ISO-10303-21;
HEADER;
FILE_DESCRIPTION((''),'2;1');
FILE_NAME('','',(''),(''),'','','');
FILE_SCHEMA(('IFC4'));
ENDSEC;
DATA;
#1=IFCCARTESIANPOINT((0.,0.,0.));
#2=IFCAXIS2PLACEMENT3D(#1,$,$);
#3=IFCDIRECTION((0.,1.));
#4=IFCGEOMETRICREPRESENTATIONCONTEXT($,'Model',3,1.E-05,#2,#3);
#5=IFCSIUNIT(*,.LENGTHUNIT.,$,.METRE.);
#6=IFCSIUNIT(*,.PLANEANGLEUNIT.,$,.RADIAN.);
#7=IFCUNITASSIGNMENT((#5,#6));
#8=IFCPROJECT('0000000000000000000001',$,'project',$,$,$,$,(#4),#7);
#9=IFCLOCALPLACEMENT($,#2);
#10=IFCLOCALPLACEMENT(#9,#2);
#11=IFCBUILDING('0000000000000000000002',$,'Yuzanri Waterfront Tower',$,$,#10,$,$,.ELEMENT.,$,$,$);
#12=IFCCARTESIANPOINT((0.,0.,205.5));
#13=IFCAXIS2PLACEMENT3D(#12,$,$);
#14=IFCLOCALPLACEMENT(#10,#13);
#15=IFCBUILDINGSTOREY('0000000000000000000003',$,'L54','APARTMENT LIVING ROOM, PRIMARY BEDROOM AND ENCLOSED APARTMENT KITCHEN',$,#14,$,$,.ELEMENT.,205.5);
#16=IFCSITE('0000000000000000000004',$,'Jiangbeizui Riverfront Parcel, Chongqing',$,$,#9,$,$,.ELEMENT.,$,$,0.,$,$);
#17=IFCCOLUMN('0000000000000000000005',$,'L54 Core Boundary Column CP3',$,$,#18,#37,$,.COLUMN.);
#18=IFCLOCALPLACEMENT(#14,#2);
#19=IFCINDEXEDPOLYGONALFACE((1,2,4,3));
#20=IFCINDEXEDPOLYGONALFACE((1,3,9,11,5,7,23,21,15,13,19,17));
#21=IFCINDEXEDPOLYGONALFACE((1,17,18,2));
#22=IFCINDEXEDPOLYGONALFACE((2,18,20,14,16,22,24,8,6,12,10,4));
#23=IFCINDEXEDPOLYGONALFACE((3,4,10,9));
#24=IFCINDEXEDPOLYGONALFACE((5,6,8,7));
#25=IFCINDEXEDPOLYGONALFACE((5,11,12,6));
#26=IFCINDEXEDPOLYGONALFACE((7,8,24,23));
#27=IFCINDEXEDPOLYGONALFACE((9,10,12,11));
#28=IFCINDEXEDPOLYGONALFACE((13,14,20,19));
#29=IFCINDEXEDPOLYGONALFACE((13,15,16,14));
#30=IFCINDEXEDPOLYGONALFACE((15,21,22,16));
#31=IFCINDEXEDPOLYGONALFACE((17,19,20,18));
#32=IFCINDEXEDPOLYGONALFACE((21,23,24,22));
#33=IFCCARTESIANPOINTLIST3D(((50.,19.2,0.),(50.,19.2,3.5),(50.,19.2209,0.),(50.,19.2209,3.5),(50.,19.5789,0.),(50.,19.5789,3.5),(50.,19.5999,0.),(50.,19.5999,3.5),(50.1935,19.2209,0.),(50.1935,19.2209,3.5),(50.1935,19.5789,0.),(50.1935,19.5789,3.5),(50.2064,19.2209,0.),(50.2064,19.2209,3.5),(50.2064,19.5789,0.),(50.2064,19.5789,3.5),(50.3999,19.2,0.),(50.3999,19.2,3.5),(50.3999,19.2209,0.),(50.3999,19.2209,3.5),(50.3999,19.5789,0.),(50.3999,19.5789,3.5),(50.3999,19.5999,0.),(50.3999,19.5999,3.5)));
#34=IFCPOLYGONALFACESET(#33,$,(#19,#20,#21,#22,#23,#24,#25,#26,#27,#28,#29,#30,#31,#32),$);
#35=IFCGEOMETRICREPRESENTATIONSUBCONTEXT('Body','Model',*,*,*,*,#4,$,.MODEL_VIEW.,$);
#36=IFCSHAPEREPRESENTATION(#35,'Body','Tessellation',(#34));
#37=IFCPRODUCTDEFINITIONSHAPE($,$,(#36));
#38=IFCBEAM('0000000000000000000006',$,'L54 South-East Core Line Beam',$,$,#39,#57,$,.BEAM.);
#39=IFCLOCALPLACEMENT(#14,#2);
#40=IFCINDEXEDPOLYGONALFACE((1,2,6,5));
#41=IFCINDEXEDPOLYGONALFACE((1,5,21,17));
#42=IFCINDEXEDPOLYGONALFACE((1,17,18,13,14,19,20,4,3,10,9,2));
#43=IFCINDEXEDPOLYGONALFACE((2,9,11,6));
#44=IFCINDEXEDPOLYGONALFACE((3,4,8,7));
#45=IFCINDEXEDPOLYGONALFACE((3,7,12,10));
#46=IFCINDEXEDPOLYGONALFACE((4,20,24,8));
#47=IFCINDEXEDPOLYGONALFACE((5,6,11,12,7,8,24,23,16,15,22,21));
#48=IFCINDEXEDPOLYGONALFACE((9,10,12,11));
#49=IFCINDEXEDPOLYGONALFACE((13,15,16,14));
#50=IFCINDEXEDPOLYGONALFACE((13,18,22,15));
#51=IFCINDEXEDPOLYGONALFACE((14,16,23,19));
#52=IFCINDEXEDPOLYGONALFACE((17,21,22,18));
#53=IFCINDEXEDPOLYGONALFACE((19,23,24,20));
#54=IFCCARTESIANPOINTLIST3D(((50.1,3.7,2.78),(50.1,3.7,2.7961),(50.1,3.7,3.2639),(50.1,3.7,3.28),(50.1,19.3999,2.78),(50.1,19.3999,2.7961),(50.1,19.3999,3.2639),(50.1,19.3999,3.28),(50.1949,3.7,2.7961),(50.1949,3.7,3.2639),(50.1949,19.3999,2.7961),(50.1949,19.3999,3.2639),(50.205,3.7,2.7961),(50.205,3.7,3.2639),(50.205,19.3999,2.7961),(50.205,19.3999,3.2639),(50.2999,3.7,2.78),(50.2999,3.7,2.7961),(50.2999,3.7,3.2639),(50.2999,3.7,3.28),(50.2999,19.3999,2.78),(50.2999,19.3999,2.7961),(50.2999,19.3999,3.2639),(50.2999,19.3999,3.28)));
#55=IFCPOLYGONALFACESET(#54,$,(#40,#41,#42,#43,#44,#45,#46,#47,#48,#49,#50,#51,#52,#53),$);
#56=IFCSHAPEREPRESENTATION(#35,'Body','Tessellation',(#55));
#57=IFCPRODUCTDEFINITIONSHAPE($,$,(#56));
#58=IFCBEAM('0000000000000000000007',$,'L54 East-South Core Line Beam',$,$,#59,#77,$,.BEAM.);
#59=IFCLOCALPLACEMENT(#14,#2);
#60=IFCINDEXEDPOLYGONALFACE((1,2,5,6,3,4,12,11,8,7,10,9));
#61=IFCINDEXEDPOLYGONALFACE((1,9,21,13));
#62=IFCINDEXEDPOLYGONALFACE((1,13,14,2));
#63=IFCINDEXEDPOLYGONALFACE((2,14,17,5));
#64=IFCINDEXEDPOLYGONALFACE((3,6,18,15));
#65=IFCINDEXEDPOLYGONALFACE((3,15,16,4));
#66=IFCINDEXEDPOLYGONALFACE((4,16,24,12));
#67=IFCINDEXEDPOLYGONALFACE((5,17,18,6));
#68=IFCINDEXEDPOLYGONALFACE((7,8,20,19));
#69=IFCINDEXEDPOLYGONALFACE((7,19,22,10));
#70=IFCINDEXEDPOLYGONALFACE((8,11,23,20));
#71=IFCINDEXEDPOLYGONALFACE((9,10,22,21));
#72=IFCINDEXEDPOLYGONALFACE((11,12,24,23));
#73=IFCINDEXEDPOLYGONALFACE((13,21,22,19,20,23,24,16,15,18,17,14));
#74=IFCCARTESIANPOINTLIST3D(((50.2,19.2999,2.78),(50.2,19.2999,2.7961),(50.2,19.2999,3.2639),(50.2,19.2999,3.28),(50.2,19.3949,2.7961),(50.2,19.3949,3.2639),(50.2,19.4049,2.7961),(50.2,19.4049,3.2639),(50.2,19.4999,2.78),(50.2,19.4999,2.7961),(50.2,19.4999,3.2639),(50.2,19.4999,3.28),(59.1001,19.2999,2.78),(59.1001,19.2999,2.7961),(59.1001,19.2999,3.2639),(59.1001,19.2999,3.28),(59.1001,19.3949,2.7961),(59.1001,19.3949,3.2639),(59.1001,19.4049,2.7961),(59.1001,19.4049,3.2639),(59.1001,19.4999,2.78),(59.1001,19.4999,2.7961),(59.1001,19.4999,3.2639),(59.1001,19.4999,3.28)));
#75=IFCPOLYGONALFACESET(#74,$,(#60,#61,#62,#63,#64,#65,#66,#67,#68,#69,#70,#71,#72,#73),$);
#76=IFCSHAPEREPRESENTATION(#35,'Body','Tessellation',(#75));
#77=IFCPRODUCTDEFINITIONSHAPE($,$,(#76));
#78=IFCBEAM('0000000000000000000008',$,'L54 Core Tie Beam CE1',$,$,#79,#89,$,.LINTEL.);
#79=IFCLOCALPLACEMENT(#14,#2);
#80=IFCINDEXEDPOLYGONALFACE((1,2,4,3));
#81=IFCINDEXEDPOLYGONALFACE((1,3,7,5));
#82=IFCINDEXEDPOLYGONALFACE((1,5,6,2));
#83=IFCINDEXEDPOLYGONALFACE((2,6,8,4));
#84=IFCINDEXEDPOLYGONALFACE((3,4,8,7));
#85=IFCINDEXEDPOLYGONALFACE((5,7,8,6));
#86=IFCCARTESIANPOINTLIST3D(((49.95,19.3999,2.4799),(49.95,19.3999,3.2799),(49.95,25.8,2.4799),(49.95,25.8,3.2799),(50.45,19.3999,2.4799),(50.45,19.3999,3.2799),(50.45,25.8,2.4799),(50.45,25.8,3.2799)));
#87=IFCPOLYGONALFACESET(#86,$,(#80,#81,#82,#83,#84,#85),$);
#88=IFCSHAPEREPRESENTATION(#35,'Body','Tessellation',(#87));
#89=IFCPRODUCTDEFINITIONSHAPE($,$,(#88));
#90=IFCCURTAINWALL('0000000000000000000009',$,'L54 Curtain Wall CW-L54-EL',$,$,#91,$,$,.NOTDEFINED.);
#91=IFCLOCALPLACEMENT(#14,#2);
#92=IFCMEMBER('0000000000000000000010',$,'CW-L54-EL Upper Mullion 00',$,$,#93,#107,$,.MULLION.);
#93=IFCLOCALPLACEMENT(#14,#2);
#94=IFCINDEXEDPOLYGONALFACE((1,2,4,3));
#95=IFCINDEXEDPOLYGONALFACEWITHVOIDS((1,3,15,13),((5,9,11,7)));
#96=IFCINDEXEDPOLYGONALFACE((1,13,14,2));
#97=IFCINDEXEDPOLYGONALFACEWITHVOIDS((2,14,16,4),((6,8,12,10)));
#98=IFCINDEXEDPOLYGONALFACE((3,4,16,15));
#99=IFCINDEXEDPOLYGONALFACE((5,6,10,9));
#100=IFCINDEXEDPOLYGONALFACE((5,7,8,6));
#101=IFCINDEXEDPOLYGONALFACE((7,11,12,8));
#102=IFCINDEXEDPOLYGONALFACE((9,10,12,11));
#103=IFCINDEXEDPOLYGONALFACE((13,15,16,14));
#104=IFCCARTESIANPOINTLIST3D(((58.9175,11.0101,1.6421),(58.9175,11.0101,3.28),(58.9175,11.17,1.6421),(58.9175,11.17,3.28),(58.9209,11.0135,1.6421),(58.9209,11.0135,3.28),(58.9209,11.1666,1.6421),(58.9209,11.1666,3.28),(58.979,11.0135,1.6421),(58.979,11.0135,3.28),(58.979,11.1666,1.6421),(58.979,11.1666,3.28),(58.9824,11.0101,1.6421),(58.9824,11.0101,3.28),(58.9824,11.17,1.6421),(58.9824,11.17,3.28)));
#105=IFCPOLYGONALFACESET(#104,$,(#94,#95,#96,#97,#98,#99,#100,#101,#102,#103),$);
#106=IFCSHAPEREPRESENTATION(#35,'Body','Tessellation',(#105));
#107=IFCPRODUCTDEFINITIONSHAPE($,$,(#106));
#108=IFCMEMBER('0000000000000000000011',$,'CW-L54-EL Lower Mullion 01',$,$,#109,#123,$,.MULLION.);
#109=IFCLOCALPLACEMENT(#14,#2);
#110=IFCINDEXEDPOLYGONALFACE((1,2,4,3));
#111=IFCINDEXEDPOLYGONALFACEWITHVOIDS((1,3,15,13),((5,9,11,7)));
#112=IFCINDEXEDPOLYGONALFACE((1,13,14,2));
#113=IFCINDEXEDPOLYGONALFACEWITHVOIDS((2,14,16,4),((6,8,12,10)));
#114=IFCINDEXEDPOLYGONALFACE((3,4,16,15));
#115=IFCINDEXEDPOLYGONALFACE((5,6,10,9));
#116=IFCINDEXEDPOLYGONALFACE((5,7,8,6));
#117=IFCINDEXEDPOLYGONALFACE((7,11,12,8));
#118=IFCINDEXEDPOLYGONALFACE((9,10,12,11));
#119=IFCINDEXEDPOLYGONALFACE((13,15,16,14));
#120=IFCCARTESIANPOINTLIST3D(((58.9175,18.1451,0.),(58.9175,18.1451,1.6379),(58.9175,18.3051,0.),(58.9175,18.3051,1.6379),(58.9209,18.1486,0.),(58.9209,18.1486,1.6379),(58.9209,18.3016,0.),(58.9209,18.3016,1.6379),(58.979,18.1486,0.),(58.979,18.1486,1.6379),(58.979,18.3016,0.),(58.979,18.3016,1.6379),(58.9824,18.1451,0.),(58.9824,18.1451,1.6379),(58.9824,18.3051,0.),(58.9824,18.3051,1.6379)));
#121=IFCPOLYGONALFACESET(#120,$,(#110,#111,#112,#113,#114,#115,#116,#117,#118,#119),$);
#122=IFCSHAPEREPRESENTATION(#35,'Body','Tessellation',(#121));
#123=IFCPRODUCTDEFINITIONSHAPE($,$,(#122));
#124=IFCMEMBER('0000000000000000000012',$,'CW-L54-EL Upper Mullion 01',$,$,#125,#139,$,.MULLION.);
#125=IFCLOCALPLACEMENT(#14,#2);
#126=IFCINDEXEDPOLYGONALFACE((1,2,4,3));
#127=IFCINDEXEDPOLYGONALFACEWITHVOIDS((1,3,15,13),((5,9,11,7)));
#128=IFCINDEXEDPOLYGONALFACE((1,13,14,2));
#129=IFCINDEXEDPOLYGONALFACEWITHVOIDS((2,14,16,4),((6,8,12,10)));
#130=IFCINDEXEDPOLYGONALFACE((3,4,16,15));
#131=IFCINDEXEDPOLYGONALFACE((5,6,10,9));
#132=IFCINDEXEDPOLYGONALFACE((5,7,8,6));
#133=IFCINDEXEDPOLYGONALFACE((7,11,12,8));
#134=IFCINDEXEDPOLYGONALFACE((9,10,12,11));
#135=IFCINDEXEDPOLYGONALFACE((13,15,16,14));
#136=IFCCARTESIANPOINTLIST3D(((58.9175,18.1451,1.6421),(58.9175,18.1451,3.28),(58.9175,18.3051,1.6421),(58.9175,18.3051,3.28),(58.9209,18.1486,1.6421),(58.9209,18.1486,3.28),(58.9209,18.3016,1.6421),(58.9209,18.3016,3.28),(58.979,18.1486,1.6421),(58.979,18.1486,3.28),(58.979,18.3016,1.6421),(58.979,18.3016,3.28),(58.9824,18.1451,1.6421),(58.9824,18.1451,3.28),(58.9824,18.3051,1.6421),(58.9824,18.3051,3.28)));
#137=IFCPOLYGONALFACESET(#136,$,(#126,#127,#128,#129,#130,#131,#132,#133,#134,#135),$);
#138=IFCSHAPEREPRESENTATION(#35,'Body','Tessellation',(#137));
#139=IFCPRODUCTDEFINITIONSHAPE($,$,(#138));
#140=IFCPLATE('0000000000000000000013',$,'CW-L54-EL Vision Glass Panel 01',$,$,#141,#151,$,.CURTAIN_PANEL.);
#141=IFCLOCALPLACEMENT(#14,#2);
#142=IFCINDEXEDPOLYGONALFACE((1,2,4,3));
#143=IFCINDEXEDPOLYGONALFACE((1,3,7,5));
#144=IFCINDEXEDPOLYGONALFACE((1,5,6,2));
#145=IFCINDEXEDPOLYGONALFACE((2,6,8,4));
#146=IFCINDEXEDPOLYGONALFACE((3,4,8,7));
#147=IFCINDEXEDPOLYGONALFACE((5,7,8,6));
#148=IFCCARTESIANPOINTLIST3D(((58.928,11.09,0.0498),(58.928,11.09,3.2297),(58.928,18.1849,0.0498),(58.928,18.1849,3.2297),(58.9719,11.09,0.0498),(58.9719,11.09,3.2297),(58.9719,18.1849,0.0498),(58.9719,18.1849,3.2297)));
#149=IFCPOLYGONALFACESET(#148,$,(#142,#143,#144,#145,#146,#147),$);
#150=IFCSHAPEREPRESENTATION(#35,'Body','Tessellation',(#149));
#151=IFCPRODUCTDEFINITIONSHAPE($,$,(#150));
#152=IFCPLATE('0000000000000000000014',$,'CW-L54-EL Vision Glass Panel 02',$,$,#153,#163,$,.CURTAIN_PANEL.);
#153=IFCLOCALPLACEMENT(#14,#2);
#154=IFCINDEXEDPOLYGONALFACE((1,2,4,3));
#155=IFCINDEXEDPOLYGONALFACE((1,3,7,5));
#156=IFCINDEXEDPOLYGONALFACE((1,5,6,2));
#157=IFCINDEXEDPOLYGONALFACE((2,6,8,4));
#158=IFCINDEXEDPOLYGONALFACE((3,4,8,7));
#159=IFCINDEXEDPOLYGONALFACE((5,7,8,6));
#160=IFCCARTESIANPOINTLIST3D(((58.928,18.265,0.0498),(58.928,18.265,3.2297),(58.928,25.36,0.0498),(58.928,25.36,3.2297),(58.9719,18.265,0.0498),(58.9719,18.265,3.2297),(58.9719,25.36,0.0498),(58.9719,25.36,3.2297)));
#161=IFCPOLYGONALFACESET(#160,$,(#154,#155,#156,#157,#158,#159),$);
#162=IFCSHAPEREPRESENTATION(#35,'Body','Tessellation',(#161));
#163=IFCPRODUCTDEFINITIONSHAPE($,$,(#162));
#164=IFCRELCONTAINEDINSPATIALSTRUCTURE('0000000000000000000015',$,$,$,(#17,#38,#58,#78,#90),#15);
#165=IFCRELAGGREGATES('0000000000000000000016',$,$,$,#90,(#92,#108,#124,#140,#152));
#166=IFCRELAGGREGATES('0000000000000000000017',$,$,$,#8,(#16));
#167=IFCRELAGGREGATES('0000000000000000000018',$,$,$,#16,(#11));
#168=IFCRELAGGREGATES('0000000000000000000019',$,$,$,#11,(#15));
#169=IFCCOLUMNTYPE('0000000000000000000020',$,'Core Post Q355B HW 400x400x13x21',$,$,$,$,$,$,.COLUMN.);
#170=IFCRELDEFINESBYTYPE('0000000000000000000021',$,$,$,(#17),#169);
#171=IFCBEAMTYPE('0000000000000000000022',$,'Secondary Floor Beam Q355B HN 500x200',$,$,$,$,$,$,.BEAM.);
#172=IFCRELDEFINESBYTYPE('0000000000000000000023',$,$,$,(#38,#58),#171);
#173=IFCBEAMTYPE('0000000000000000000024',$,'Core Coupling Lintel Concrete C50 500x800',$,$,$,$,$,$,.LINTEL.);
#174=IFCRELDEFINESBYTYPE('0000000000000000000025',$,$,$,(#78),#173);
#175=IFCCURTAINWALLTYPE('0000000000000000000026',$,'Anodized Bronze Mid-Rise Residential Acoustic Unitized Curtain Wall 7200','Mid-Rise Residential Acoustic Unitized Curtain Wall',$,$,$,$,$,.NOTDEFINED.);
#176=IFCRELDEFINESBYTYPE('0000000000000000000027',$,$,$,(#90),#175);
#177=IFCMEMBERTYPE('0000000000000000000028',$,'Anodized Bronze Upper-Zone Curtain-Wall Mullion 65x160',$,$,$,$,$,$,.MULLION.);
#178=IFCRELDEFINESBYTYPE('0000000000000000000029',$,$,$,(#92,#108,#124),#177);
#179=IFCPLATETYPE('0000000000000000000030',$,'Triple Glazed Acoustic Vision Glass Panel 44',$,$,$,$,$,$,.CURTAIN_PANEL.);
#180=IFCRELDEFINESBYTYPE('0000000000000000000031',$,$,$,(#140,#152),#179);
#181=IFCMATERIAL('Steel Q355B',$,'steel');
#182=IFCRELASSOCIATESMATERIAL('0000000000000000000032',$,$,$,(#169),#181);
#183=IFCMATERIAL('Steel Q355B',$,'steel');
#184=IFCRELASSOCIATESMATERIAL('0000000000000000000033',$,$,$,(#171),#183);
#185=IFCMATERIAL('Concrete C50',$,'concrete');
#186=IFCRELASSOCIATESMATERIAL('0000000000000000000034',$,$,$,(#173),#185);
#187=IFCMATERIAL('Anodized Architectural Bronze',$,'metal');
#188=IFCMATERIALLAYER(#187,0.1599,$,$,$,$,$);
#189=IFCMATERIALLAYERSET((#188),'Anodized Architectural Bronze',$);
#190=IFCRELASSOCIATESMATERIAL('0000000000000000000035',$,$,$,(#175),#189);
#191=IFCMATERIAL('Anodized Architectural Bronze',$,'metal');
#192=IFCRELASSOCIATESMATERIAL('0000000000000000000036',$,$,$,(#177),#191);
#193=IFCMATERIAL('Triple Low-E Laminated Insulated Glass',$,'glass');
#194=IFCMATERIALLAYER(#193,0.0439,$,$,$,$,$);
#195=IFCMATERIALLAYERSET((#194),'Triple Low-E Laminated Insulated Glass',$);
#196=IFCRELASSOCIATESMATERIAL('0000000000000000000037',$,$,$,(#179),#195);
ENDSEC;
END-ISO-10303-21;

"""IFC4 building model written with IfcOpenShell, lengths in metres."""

from ifc_helpers import new_model, si_unit, direction, frame, origin, origin_2d, place, context, subcontext, project, spatial, rectangle, hollow_rectangle, i_section, extrude, source, transform, mapped, material, layer, layer_set, material_profile, profile_set, type_object, element, aggregate, save


model = new_model("IFC4")

# Units and contexts
model_context = context("Model", 3, precision=1e-05, world=origin(), true_north=direction((0.0, 1.0)))
body_context = subcontext(model_context, "Body", "Model", "MODEL_VIEW")
ifc_project = project(units=[si_unit("LENGTHUNIT", "METRE"), si_unit("PLANEANGLEUNIT", "RADIAN")], contexts=[model_context])

# Site, building, storey
site_placement = place(None, origin())
site = spatial("IfcSite", under=ifc_project, at=site_placement, Name="Jiangbeizui Riverfront Parcel, Chongqing", CompositionType="ELEMENT", RefElevation=0.0)
building_placement = place(site_placement, origin())
building = spatial("IfcBuilding", under=site, at=building_placement, Name="Yuzanri Waterfront Tower", CompositionType="ELEMENT")
storey_placement = place(building_placement, frame((0.0, 0.0, 205.5)))
storey = spatial("IfcBuildingStorey", under=building, at=storey_placement, Name="L54", Description="APARTMENT LIVING ROOM, PRIMARY BEDROOM AND ENCLOSED APARTMENT KITCHEN", CompositionType="ELEMENT", Elevation=205.5)

# Column
ifc_material_1 = material(Name="Steel Q355B", Category="steel")
ifc_material_profile_1 = material_profile(ifc_material_1, i_section(OverallWidth=0.3999, OverallDepth=0.3999, WebThickness=0.0129, FlangeThickness=0.021, at=origin_2d()), Name="HW 400x400x13x21")
ifc_profile_set_1 = profile_set([ifc_material_profile_1], Name="Steel Q355B")
column_type = type_object("IfcColumnType", Name="Core Post Q355B HW 400x400x13x21", PredefinedType="COLUMN", material=ifc_profile_set_1)
shared_shape_1 = source(origin(), body_context, "Body", "SweptSolid", [
    extrude(i_section(OverallWidth=0.3999, OverallDepth=0.3999, WebThickness=0.0129, FlangeThickness=0.021, at=origin_2d()), origin(), (0.0, 0.0, 1.0), 3.5),
])
column_placement = place(storey_placement, frame((50.2, 19.3999, 0.0), z_axis=(0.0, 0.0, 1.0), x_axis=(1.0, 0.0, 0.0)))
element("IfcColumn", 1, at=column_placement, inside=storey, type_object=column_type, Name="L54 Core Boundary Column CP3", PredefinedType="COLUMN", context=body_context, shape_type="MappedRepresentation", body=[
    mapped(shared_shape_1, transform((0.0, 0.0, 0.0), scale=1.0)),
])

# Beams
ifc_material_2 = material(Name="Steel Q355B", Category="steel")
ifc_material_profile_2 = material_profile(ifc_material_2, i_section(OverallWidth=0.2, OverallDepth=0.5, WebThickness=0.01, FlangeThickness=0.0161, at=origin_2d()), Name="HN 500x200x10x16")
ifc_profile_set_2 = profile_set([ifc_material_profile_2], Name="Steel Q355B")
beam_type_1 = type_object("IfcBeamType", Name="Secondary Floor Beam Q355B HN 500x200", PredefinedType="BEAM", material=ifc_profile_set_2)
shared_shape_2 = source(origin(), body_context, "Body", "SweptSolid", [
    extrude(i_section(OverallWidth=0.2, OverallDepth=0.5, WebThickness=0.01, FlangeThickness=0.0161, at=origin_2d()), origin(), (0.0, 0.0, 1.0), 15.7),
])
beam_1_placement = place(storey_placement, frame((50.2, 19.3999, 3.03), z_axis=(0.0, -1.0, 0.0), x_axis=(1.0, 0.0, 0.0)))
element("IfcBeam", 2, at=beam_1_placement, inside=storey, type_object=beam_type_1, Name="L54 South-East Core Line Beam", PredefinedType="BEAM", context=body_context, shape_type="MappedRepresentation", body=[
    mapped(shared_shape_2, transform((0.0, 0.0, 0.0), scale=1.0)),
])
shared_shape_3 = source(origin(), body_context, "Body", "SweptSolid", [
    extrude(i_section(OverallWidth=0.2, OverallDepth=0.5, WebThickness=0.01, FlangeThickness=0.0161, at=origin_2d()), origin(), (0.0, 0.0, 1.0), 8.9001),
])
beam_2_placement = place(storey_placement, frame((50.2, 19.3999, 3.03), z_axis=(1.0, 0.0, 0.0), x_axis=(0.0, 1.0, 0.0)))
element("IfcBeam", 3, at=beam_2_placement, inside=storey, type_object=beam_type_1, Name="L54 East-South Core Line Beam", PredefinedType="BEAM", context=body_context, shape_type="MappedRepresentation", body=[
    mapped(shared_shape_3, transform((0.0, 0.0, 0.0), scale=1.0)),
])
ifc_material_3 = material(Name="Concrete C50", Category="concrete")
ifc_material_profile_3 = material_profile(ifc_material_3, rectangle(XDim=0.5, YDim=0.8, at=origin_2d()), Name="RC 500x800")
ifc_profile_set_3 = profile_set([ifc_material_profile_3], Name="Concrete C50")
beam_type_2 = type_object("IfcBeamType", Name="Core Coupling Lintel Concrete C50 500x800", PredefinedType="LINTEL", material=ifc_profile_set_3)
shared_shape_4 = source(origin(), body_context, "Body", "SweptSolid", [
    extrude(rectangle(XDim=0.5, YDim=0.8, at=origin_2d()), origin(), (0.0, 0.0, 1.0), 6.4001),
])
beam_3_placement = place(storey_placement, frame((50.2, 19.3999, 2.8799), z_axis=(0.0, 1.0, 0.0), x_axis=(-1.0, 0.0, 0.0)))
element("IfcBeam", 4, at=beam_3_placement, inside=storey, type_object=beam_type_2, Name="L54 Core Tie Beam CE1", PredefinedType="LINTEL", context=body_context, shape_type="MappedRepresentation", body=[
    mapped(shared_shape_4, transform((0.0, 0.0, 0.0), scale=1.0)),
])

# Curtain wall, members, plates
ifc_material_4 = material(Name="Anodized Architectural Bronze", Category="metal")
ifc_layer_1 = layer(ifc_material_4, 0.1599)
ifc_layer_set_1 = layer_set([ifc_layer_1], Name="Anodized Architectural Bronze")
curtain_wall_type = type_object("IfcCurtainWallType", Name="Anodized Bronze Mid-Rise Residential Acoustic Unitized Curtain Wall 7200", Description="Mid-Rise Residential Acoustic Unitized Curtain Wall", PredefinedType="NOTDEFINED", material=ifc_layer_set_1)
curtain_wall_placement = place(storey_placement, origin())
curtain_wall = element("IfcCurtainWall", 5, at=curtain_wall_placement, inside=storey, type_object=curtain_wall_type, Name="L54 Curtain Wall CW-L54-EL", PredefinedType="NOTDEFINED")
ifc_material_5 = material(Name="Anodized Architectural Bronze", Category="metal")
ifc_material_profile_4 = material_profile(ifc_material_5, hollow_rectangle(XDim=0.0649, YDim=0.1599, WallThickness=0.0034, at=origin_2d()), Name="CWM 65x160")
ifc_profile_set_4 = profile_set([ifc_material_profile_4], Name="Anodized Architectural Bronze")
member_type = type_object("IfcMemberType", Name="Anodized Bronze Upper-Zone Curtain-Wall Mullion 65x160", PredefinedType="MULLION", material=ifc_profile_set_4)
shared_shape_5 = source(origin(), body_context, "Body", "SweptSolid", [
    extrude(hollow_rectangle(XDim=0.0649, YDim=0.1599, WallThickness=0.0034, at=origin_2d()), origin(), (0.0, 0.0, 1.0), 1.6379),
])
member_1_placement = place(storey_placement, frame((58.95, 11.0901, 1.6421), z_axis=(0.0, 0.0, 1.0), x_axis=(1.0, 0.0, 0.0)))
member_1 = element("IfcMember", 6, at=member_1_placement, type_object=member_type, Name="CW-L54-EL Upper Mullion 00", PredefinedType="MULLION", context=body_context, shape_type="MappedRepresentation", body=[
    mapped(shared_shape_5, transform((0.0, 0.0, 0.0), scale=1.0)),
])
member_2_placement = place(storey_placement, frame((58.95, 18.2251, 0.0), z_axis=(0.0, 0.0, 1.0), x_axis=(1.0, 0.0, 0.0)))
member_2 = element("IfcMember", 7, at=member_2_placement, type_object=member_type, Name="CW-L54-EL Lower Mullion 01", PredefinedType="MULLION", context=body_context, shape_type="MappedRepresentation", body=[
    mapped(shared_shape_5, transform((0.0, 0.0, 0.0), scale=1.0)),
])
member_3_placement = place(storey_placement, frame((58.95, 18.2251, 1.6421), z_axis=(0.0, 0.0, 1.0), x_axis=(1.0, 0.0, 0.0)))
member_3 = element("IfcMember", 8, at=member_3_placement, type_object=member_type, Name="CW-L54-EL Upper Mullion 01", PredefinedType="MULLION", context=body_context, shape_type="MappedRepresentation", body=[
    mapped(shared_shape_5, transform((0.0, 0.0, 0.0), scale=1.0)),
])
ifc_material_6 = material(Name="Triple Low-E Laminated Insulated Glass", Category="glass")
ifc_layer_2 = layer(ifc_material_6, 0.0439)
ifc_layer_set_2 = layer_set([ifc_layer_2], Name="Triple Low-E Laminated Insulated Glass")
plate_type = type_object("IfcPlateType", Name="Triple Glazed Acoustic Vision Glass Panel 44", PredefinedType="CURTAIN_PANEL", material=ifc_layer_set_2)
shared_shape_6 = source(origin(), body_context, "Body", "SweptSolid", [
    extrude(rectangle(XDim=7.095, YDim=0.0439, at=origin_2d()), origin(), (0.0, 0.0, 1.0), 3.1799),
])
plate_1_placement = place(storey_placement, frame((58.95, 14.6375, 0.0498), z_axis=(0.0, 0.0, 1.0), x_axis=(0.0, 1.0, 0.0)))
plate_1 = element("IfcPlate", 9, at=plate_1_placement, type_object=plate_type, Name="CW-L54-EL Vision Glass Panel 01", PredefinedType="CURTAIN_PANEL", context=body_context, shape_type="MappedRepresentation", body=[
    mapped(shared_shape_6, transform((0.0, 0.0, 0.0), scale=1.0)),
])
plate_2_placement = place(storey_placement, frame((58.95, 21.8125, 0.0498), z_axis=(0.0, 0.0, 1.0), x_axis=(0.0, 1.0, 0.0)))
plate_2 = element("IfcPlate", 10, at=plate_2_placement, type_object=plate_type, Name="CW-L54-EL Vision Glass Panel 02", PredefinedType="CURTAIN_PANEL", context=body_context, shape_type="MappedRepresentation", body=[
    mapped(shared_shape_6, transform((0.0, 0.0, 0.0), scale=1.0)),
])
aggregate(curtain_wall, [member_1, member_2, member_3, plate_1, plate_2])

save(model, "model.ifc")
